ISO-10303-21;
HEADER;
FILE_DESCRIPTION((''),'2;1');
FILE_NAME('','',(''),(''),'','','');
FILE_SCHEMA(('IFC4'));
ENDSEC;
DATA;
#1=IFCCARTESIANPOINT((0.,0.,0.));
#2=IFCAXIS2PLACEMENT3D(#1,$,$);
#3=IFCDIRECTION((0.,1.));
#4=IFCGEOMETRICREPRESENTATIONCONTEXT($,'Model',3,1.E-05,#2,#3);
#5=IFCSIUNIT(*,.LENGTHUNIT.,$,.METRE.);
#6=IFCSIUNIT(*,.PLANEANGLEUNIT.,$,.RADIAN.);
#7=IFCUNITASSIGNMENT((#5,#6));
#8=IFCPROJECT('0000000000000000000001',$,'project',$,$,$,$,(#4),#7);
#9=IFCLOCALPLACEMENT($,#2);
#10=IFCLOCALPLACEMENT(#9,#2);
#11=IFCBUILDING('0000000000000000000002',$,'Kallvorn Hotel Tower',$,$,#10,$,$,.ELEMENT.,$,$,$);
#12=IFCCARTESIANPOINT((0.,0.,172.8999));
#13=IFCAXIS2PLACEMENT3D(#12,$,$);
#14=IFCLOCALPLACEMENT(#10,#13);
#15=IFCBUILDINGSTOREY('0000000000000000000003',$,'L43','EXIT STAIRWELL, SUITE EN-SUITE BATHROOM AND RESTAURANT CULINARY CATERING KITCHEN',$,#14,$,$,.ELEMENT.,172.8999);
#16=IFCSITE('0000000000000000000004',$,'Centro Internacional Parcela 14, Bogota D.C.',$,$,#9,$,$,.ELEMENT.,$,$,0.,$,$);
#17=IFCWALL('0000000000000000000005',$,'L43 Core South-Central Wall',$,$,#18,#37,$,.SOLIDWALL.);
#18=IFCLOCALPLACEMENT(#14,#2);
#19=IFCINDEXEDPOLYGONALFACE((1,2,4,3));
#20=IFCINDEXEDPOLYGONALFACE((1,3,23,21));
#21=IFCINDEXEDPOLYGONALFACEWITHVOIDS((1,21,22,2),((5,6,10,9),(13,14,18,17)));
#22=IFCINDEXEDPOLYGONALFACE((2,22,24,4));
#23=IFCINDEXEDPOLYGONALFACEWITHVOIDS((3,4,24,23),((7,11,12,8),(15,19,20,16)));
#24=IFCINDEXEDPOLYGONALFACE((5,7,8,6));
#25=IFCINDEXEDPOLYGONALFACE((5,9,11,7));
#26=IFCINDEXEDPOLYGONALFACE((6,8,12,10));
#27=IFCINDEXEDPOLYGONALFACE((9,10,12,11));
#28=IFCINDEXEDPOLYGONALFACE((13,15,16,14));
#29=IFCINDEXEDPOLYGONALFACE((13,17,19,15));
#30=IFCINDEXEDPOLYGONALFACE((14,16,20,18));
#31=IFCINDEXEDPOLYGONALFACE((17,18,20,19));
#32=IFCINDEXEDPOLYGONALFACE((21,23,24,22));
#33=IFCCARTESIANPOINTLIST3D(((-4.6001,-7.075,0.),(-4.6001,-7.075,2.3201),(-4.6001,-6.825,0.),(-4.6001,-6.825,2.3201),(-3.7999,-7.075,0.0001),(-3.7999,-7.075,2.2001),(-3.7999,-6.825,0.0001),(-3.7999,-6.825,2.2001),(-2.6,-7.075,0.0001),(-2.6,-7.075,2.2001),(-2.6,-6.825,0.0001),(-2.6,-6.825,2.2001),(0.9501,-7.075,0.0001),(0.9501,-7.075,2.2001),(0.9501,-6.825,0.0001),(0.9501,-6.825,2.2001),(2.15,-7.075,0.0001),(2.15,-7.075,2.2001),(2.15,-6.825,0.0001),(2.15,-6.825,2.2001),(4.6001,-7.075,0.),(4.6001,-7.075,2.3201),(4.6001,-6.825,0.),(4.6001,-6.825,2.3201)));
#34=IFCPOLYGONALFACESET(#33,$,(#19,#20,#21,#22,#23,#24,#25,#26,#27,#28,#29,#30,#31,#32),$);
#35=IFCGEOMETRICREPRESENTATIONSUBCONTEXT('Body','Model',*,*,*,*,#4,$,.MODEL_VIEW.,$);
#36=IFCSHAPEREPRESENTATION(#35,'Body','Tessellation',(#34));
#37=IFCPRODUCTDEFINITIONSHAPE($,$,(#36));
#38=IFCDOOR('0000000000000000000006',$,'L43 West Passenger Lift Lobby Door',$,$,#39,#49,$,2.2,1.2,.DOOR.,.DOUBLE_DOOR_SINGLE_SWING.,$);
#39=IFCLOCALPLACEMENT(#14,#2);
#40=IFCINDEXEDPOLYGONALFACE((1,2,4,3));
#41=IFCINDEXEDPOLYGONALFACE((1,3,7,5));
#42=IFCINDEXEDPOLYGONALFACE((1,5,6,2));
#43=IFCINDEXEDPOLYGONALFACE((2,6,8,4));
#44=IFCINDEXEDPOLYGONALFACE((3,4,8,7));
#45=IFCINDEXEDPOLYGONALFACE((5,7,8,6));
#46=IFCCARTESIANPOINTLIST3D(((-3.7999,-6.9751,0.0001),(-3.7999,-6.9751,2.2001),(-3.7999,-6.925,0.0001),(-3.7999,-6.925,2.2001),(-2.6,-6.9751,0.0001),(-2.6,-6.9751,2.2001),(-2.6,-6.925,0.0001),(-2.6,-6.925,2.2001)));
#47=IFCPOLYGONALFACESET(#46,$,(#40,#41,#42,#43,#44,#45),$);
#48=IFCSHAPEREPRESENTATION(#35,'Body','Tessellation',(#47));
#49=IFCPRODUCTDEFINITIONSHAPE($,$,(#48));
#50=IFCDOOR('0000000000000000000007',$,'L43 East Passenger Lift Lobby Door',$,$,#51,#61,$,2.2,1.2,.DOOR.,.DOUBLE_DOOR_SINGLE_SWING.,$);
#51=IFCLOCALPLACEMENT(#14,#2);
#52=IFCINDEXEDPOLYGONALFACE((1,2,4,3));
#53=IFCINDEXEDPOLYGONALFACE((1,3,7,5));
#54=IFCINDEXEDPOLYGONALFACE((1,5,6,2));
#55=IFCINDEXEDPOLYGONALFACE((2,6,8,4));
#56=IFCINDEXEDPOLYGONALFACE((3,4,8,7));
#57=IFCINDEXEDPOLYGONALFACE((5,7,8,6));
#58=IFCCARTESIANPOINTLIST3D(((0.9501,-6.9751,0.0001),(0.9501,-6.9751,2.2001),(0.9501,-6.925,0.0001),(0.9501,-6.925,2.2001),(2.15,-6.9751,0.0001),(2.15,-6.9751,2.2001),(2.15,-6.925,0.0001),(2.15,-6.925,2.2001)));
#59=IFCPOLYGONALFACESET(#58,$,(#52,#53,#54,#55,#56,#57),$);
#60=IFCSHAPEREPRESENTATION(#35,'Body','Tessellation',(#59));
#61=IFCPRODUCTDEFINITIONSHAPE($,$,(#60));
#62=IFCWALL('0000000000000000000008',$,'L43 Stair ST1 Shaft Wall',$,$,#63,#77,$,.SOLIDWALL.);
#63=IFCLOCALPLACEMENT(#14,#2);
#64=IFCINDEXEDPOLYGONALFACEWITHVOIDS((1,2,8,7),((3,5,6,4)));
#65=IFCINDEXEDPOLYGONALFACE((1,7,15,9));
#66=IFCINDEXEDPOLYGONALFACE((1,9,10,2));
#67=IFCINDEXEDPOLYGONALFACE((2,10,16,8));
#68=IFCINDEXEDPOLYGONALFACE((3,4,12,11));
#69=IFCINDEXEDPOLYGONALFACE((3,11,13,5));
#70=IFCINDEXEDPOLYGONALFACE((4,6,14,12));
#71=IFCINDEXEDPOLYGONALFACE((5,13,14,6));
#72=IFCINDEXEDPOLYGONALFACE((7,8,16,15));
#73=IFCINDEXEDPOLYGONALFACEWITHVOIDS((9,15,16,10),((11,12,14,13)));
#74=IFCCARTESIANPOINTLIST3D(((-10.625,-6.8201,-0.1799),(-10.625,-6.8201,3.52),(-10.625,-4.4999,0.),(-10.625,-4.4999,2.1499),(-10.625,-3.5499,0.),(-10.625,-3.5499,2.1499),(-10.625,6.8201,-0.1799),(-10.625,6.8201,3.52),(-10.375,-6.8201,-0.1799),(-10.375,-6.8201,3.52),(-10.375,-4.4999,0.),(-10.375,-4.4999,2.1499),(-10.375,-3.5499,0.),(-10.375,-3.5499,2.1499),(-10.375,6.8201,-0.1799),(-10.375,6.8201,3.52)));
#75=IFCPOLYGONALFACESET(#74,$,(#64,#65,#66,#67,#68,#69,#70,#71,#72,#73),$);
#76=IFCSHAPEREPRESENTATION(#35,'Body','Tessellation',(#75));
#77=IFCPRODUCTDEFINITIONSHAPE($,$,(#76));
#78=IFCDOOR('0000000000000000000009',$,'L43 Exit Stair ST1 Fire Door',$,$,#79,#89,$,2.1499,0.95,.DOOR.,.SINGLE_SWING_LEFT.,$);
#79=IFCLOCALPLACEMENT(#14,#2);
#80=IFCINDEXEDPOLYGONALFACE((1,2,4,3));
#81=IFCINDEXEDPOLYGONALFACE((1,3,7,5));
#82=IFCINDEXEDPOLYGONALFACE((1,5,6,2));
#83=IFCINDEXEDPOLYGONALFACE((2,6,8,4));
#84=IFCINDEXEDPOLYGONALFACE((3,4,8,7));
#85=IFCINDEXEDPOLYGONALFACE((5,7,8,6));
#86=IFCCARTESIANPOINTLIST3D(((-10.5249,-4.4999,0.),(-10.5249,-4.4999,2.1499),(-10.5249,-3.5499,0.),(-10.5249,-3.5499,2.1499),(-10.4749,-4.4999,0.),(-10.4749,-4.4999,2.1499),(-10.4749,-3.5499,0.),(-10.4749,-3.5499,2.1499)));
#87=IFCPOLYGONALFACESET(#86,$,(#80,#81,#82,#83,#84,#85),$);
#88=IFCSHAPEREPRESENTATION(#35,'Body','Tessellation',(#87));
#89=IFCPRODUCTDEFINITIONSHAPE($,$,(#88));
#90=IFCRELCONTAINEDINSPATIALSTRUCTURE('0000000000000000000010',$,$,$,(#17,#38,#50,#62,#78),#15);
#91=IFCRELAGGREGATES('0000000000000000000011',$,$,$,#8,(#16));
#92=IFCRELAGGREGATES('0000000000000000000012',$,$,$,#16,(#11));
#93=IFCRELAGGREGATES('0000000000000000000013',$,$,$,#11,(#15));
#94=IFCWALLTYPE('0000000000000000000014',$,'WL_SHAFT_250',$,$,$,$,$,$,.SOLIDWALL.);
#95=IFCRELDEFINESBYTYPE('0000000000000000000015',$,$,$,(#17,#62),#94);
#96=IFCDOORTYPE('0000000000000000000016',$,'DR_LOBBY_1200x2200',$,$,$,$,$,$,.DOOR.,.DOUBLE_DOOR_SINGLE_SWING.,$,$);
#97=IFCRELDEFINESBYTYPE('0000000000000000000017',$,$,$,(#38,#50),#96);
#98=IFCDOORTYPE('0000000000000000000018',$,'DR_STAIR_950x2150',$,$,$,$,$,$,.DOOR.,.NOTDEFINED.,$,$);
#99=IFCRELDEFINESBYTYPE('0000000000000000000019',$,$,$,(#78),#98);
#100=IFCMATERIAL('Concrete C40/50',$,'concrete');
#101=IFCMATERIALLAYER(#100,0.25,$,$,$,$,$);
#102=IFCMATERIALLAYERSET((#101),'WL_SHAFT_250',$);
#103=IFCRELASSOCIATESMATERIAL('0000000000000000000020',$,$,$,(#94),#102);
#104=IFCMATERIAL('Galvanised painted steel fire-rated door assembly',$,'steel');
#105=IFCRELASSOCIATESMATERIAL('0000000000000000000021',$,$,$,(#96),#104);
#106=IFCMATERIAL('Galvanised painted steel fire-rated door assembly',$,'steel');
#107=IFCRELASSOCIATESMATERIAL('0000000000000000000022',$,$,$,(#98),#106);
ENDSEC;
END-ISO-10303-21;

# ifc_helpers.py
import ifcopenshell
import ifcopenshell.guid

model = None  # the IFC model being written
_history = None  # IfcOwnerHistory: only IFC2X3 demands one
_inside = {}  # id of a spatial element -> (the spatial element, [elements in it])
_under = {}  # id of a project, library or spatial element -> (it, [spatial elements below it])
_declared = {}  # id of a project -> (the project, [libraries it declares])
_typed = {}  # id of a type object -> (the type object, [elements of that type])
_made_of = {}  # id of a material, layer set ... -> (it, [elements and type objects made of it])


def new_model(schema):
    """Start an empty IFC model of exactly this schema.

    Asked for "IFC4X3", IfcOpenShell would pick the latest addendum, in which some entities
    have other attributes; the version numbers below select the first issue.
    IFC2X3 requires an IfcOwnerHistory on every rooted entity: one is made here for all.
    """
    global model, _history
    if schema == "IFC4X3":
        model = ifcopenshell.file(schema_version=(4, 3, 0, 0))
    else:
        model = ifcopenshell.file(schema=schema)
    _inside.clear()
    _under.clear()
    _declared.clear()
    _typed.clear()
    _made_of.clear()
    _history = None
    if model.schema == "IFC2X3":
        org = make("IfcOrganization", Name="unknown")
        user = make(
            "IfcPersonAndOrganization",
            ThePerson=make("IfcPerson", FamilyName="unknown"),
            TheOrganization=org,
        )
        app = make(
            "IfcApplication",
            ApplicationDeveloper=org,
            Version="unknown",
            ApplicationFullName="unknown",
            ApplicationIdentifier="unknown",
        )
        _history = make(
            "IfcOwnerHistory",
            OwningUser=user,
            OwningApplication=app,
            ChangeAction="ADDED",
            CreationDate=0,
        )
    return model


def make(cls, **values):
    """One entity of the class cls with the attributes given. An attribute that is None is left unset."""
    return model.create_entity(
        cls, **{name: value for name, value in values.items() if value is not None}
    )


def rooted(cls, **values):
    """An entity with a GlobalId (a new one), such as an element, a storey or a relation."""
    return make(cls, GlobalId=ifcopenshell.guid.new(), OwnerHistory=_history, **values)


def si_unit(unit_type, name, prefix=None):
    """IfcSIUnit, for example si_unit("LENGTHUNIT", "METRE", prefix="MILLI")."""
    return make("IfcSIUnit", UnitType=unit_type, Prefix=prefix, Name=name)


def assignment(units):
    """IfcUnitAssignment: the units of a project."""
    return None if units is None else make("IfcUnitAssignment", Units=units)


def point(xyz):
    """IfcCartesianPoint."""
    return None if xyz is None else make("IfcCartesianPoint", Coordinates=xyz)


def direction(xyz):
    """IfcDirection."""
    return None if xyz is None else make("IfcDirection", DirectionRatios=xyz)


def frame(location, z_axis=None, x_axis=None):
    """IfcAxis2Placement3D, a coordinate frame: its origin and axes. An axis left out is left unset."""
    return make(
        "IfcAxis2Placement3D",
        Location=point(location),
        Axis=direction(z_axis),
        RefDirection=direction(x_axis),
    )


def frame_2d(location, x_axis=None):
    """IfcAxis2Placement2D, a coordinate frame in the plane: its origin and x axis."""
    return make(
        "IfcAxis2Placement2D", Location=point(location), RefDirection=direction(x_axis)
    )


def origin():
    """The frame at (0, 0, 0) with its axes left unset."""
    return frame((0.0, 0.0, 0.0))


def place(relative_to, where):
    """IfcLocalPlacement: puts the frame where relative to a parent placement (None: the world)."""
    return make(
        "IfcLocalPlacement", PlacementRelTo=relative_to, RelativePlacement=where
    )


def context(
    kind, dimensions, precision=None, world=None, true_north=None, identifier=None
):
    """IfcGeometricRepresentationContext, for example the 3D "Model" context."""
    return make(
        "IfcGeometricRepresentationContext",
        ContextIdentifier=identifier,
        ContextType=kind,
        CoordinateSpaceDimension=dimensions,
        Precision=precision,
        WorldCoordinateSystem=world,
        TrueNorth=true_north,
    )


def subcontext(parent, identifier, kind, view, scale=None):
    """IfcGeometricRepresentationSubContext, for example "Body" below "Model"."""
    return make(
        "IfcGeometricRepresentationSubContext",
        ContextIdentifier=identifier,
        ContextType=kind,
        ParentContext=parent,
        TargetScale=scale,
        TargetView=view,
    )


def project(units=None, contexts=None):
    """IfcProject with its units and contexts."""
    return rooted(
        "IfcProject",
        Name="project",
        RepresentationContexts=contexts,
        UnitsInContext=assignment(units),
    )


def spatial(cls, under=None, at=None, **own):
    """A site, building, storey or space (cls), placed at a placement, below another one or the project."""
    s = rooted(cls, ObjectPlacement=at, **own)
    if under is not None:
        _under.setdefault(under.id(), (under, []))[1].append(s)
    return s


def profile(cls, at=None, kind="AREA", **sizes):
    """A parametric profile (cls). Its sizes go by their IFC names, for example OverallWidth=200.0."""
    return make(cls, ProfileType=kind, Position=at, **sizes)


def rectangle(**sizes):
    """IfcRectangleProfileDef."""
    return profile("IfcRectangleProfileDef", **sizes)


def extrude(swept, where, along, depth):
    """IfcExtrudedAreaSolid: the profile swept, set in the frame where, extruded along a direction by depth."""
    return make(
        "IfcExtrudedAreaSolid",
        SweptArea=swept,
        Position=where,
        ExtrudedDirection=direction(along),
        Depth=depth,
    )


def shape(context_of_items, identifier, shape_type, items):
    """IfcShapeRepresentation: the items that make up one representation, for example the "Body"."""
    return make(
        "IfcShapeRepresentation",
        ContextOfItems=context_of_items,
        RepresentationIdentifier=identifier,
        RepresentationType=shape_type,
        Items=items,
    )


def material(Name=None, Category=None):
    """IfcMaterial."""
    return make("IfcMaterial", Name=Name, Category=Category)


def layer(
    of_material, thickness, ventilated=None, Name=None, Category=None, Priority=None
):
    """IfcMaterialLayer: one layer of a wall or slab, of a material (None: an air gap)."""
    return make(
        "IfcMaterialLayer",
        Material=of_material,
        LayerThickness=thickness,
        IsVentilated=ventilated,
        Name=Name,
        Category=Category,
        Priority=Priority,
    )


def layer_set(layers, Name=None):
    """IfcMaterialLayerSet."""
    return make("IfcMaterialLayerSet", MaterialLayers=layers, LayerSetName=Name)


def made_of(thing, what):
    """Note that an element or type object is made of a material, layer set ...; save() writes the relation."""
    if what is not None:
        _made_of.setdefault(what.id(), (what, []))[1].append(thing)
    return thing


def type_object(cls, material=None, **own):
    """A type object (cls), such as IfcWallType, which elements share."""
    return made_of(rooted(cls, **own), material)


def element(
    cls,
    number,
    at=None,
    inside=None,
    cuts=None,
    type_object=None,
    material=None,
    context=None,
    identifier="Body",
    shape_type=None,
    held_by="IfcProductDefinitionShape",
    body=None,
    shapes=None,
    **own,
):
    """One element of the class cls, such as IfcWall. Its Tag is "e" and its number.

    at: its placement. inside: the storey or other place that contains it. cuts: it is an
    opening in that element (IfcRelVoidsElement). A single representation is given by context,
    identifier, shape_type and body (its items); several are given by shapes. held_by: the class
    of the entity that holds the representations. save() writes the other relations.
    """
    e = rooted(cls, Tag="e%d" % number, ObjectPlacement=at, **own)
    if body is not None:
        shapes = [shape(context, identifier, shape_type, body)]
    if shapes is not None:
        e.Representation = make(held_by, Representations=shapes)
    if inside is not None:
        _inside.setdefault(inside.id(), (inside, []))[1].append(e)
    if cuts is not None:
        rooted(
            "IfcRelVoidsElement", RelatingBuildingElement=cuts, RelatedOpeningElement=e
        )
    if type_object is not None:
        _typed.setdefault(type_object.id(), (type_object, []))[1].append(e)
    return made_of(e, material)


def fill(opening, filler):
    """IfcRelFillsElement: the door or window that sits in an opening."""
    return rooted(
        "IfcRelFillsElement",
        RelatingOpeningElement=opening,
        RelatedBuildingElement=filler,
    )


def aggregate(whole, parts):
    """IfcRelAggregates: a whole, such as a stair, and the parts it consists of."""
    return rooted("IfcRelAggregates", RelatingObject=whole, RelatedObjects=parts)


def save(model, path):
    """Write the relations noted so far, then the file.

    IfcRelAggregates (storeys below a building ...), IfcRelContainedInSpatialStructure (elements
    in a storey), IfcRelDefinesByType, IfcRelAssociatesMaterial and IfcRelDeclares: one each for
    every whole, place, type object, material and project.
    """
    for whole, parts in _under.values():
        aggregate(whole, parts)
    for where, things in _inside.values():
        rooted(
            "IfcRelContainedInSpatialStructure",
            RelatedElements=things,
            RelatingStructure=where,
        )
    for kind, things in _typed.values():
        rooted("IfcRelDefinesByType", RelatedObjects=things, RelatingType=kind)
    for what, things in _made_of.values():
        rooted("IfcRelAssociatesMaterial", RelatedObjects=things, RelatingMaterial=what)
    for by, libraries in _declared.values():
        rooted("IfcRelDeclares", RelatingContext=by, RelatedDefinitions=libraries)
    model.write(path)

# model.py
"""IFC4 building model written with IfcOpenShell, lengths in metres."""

from ifc_helpers import new_model, si_unit, direction, frame, frame_2d, origin, place, context, subcontext, project, spatial, rectangle, extrude, material, layer, layer_set, type_object, element, fill, save


model = new_model("IFC4")

# Units and contexts
model_context = context("Model", 3, precision=1e-05, world=origin(), true_north=direction((0.0, 1.0)))
body_context = subcontext(model_context, "Body", "Model", "MODEL_VIEW")
ifc_project = project(units=[si_unit("LENGTHUNIT", "METRE"), si_unit("PLANEANGLEUNIT", "RADIAN")], contexts=[model_context])

# Site, building, storey
site_placement = place(None, origin())
site = spatial("IfcSite", under=ifc_project, at=site_placement, Name="Centro Internacional Parcela 14, Bogota D.C.", CompositionType="ELEMENT", RefElevation=0.0)
building_placement = place(site_placement, origin())
building = spatial("IfcBuilding", under=site, at=building_placement, Name="Kallvorn Hotel Tower", CompositionType="ELEMENT")
storey_placement = place(building_placement, frame((0.0, 0.0, 172.8999)))
storey = spatial("IfcBuildingStorey", under=building, at=storey_placement, Name="L43", Description="EXIT STAIRWELL, SUITE EN-SUITE BATHROOM AND RESTAURANT CULINARY CATERING KITCHEN", CompositionType="ELEMENT", Elevation=172.8999)

# Wall, openings, doors
ifc_material_1 = material(Name="Concrete C40/50", Category="concrete")
ifc_layer_1 = layer(ifc_material_1, 0.25)
ifc_layer_set_1 = layer_set([ifc_layer_1], Name="WL_SHAFT_250")
wall_type_1 = type_object("IfcWallType", Name="WL_SHAFT_250", PredefinedType="SOLIDWALL", material=ifc_layer_set_1)
wall_1_placement = place(storey_placement, frame((-4.6001, -6.95, 0.0), z_axis=(0.0, 0.0, 1.0), x_axis=(1.0, 0.0, 0.0)))
wall_1 = element("IfcWall", 1, at=wall_1_placement, inside=storey, type_object=wall_type_1, Name="L43 Core South-Central Wall", PredefinedType="SOLIDWALL", context=body_context, shape_type="SweptSolid", body=[
    extrude(rectangle(XDim=9.2002, YDim=0.25, at=frame_2d((4.6001, 0.0))), origin(), (0.0, 0.0, 1.0), 2.3201),
])
opening_1_placement = place(wall_1_placement, frame((0.8, 0.0, 0.0)))
opening_1 = element("IfcOpeningElement", 2, at=opening_1_placement, cuts=wall_1, PredefinedType="OPENING", context=body_context, shape_type="SweptSolid", body=[
    extrude(rectangle(XDim=1.2, YDim=2.2, at=frame_2d((0.6001, 1.1001))), frame((0.0, 0.1399, 0.0), z_axis=(0.0, -1.0, 0.0), x_axis=(1.0, 0.0, 0.0)), (0.0, 0.0, 1.0), 0.28),
])
opening_2_placement = place(wall_1_placement, frame((5.55, 0.0, 0.0)))
opening_2 = element("IfcOpeningElement", 3, at=opening_2_placement, cuts=wall_1, PredefinedType="OPENING", context=body_context, shape_type="SweptSolid", body=[
    extrude(rectangle(XDim=1.2, YDim=2.2, at=frame_2d((0.6001, 1.1001))), frame((0.0, 0.1399, 0.0), z_axis=(0.0, -1.0, 0.0), x_axis=(1.0, 0.0, 0.0)), (0.0, 0.0, 1.0), 0.28),
])
ifc_material_2 = material(Name="Galvanised painted steel fire-rated door assembly", Category="steel")
door_type_1 = type_object("IfcDoorType", Name="DR_LOBBY_1200x2200", OperationType="DOUBLE_DOOR_SINGLE_SWING", PredefinedType="DOOR", material=ifc_material_2)
door_1_placement = place(opening_1_placement, origin())
door_1 = element("IfcDoor", 4, at=door_1_placement, inside=storey, type_object=door_type_1, Name="L43 West Passenger Lift Lobby Door", OperationType="DOUBLE_DOOR_SINGLE_SWING", OverallHeight=2.2, OverallWidth=1.2, PredefinedType="DOOR", context=body_context, shape_type="SweptSolid", body=[
    extrude(rectangle(XDim=1.2, YDim=2.2, at=frame_2d((0.6001, 1.1001))), frame((0.0, 0.0249, 0.0), z_axis=(0.0, -1.0, 0.0), x_axis=(1.0, 0.0, 0.0)), (0.0, 0.0, 1.0), 0.05),
])
fill(opening_1, door_1)
door_2_placement = place(opening_2_placement, origin())
door_2 = element("IfcDoor", 5, at=door_2_placement, inside=storey, type_object=door_type_1, Name="L43 East Passenger Lift Lobby Door", OperationType="DOUBLE_DOOR_SINGLE_SWING", OverallHeight=2.2, OverallWidth=1.2, PredefinedType="DOOR", context=body_context, shape_type="SweptSolid", body=[
    extrude(rectangle(XDim=1.2, YDim=2.2, at=frame_2d((0.6001, 1.1001))), frame((0.0, 0.0249, 0.0), z_axis=(0.0, -1.0, 0.0), x_axis=(1.0, 0.0, 0.0)), (0.0, 0.0, 1.0), 0.05),
])
fill(opening_2, door_2)

# Wall, opening, door
wall_2_placement = place(storey_placement, frame((-10.5, -6.8201, -0.1799), z_axis=(0.0, 0.0, 1.0), x_axis=(0.0, 1.0, 0.0)))
wall_2 = element("IfcWall", 6, at=wall_2_placement, inside=storey, type_object=wall_type_1, Name="L43 Stair ST1 Shaft Wall", PredefinedType="SOLIDWALL", context=body_context, shape_type="SweptSolid", body=[
    extrude(rectangle(XDim=13.6401, YDim=0.25, at=frame_2d((6.8201, 0.0))), origin(), (0.0, 0.0, 1.0), 3.7),
])
opening_3_placement = place(wall_2_placement, frame((2.3201, 0.0, 0.1799)))
opening_3 = element("IfcOpeningElement", 7, at=opening_3_placement, cuts=wall_2, PredefinedType="OPENING", context=body_context, shape_type="SweptSolid", body=[
    extrude(rectangle(XDim=0.95, YDim=2.1499, at=frame_2d((0.4751, 1.075))), frame((0.0, 0.1399, 0.0), z_axis=(0.0, -1.0, 0.0), x_axis=(1.0, 0.0, 0.0)), (0.0, 0.0, 1.0), 0.28),
])
ifc_material_3 = material(Name="Galvanised painted steel fire-rated door assembly", Category="steel")
door_type_2 = type_object("IfcDoorType", Name="DR_STAIR_950x2150", OperationType="NOTDEFINED", PredefinedType="DOOR", material=ifc_material_3)
door_3_placement = place(opening_3_placement, origin())
door_3 = element("IfcDoor", 8, at=door_3_placement, inside=storey, type_object=door_type_2, Name="L43 Exit Stair ST1 Fire Door", OperationType="SINGLE_SWING_LEFT", OverallHeight=2.1499, OverallWidth=0.95, PredefinedType="DOOR", context=body_context, shape_type="SweptSolid", body=[
    extrude(rectangle(XDim=0.95, YDim=2.1499, at=frame_2d((0.4751, 1.075))), frame((0.0, 0.0249, 0.0), z_axis=(0.0, -1.0, 0.0), x_axis=(1.0, 0.0, 0.0)), (0.0, 0.0, 1.0), 0.05),
])
fill(opening_3, door_3)

save(model, "model.ifc")
